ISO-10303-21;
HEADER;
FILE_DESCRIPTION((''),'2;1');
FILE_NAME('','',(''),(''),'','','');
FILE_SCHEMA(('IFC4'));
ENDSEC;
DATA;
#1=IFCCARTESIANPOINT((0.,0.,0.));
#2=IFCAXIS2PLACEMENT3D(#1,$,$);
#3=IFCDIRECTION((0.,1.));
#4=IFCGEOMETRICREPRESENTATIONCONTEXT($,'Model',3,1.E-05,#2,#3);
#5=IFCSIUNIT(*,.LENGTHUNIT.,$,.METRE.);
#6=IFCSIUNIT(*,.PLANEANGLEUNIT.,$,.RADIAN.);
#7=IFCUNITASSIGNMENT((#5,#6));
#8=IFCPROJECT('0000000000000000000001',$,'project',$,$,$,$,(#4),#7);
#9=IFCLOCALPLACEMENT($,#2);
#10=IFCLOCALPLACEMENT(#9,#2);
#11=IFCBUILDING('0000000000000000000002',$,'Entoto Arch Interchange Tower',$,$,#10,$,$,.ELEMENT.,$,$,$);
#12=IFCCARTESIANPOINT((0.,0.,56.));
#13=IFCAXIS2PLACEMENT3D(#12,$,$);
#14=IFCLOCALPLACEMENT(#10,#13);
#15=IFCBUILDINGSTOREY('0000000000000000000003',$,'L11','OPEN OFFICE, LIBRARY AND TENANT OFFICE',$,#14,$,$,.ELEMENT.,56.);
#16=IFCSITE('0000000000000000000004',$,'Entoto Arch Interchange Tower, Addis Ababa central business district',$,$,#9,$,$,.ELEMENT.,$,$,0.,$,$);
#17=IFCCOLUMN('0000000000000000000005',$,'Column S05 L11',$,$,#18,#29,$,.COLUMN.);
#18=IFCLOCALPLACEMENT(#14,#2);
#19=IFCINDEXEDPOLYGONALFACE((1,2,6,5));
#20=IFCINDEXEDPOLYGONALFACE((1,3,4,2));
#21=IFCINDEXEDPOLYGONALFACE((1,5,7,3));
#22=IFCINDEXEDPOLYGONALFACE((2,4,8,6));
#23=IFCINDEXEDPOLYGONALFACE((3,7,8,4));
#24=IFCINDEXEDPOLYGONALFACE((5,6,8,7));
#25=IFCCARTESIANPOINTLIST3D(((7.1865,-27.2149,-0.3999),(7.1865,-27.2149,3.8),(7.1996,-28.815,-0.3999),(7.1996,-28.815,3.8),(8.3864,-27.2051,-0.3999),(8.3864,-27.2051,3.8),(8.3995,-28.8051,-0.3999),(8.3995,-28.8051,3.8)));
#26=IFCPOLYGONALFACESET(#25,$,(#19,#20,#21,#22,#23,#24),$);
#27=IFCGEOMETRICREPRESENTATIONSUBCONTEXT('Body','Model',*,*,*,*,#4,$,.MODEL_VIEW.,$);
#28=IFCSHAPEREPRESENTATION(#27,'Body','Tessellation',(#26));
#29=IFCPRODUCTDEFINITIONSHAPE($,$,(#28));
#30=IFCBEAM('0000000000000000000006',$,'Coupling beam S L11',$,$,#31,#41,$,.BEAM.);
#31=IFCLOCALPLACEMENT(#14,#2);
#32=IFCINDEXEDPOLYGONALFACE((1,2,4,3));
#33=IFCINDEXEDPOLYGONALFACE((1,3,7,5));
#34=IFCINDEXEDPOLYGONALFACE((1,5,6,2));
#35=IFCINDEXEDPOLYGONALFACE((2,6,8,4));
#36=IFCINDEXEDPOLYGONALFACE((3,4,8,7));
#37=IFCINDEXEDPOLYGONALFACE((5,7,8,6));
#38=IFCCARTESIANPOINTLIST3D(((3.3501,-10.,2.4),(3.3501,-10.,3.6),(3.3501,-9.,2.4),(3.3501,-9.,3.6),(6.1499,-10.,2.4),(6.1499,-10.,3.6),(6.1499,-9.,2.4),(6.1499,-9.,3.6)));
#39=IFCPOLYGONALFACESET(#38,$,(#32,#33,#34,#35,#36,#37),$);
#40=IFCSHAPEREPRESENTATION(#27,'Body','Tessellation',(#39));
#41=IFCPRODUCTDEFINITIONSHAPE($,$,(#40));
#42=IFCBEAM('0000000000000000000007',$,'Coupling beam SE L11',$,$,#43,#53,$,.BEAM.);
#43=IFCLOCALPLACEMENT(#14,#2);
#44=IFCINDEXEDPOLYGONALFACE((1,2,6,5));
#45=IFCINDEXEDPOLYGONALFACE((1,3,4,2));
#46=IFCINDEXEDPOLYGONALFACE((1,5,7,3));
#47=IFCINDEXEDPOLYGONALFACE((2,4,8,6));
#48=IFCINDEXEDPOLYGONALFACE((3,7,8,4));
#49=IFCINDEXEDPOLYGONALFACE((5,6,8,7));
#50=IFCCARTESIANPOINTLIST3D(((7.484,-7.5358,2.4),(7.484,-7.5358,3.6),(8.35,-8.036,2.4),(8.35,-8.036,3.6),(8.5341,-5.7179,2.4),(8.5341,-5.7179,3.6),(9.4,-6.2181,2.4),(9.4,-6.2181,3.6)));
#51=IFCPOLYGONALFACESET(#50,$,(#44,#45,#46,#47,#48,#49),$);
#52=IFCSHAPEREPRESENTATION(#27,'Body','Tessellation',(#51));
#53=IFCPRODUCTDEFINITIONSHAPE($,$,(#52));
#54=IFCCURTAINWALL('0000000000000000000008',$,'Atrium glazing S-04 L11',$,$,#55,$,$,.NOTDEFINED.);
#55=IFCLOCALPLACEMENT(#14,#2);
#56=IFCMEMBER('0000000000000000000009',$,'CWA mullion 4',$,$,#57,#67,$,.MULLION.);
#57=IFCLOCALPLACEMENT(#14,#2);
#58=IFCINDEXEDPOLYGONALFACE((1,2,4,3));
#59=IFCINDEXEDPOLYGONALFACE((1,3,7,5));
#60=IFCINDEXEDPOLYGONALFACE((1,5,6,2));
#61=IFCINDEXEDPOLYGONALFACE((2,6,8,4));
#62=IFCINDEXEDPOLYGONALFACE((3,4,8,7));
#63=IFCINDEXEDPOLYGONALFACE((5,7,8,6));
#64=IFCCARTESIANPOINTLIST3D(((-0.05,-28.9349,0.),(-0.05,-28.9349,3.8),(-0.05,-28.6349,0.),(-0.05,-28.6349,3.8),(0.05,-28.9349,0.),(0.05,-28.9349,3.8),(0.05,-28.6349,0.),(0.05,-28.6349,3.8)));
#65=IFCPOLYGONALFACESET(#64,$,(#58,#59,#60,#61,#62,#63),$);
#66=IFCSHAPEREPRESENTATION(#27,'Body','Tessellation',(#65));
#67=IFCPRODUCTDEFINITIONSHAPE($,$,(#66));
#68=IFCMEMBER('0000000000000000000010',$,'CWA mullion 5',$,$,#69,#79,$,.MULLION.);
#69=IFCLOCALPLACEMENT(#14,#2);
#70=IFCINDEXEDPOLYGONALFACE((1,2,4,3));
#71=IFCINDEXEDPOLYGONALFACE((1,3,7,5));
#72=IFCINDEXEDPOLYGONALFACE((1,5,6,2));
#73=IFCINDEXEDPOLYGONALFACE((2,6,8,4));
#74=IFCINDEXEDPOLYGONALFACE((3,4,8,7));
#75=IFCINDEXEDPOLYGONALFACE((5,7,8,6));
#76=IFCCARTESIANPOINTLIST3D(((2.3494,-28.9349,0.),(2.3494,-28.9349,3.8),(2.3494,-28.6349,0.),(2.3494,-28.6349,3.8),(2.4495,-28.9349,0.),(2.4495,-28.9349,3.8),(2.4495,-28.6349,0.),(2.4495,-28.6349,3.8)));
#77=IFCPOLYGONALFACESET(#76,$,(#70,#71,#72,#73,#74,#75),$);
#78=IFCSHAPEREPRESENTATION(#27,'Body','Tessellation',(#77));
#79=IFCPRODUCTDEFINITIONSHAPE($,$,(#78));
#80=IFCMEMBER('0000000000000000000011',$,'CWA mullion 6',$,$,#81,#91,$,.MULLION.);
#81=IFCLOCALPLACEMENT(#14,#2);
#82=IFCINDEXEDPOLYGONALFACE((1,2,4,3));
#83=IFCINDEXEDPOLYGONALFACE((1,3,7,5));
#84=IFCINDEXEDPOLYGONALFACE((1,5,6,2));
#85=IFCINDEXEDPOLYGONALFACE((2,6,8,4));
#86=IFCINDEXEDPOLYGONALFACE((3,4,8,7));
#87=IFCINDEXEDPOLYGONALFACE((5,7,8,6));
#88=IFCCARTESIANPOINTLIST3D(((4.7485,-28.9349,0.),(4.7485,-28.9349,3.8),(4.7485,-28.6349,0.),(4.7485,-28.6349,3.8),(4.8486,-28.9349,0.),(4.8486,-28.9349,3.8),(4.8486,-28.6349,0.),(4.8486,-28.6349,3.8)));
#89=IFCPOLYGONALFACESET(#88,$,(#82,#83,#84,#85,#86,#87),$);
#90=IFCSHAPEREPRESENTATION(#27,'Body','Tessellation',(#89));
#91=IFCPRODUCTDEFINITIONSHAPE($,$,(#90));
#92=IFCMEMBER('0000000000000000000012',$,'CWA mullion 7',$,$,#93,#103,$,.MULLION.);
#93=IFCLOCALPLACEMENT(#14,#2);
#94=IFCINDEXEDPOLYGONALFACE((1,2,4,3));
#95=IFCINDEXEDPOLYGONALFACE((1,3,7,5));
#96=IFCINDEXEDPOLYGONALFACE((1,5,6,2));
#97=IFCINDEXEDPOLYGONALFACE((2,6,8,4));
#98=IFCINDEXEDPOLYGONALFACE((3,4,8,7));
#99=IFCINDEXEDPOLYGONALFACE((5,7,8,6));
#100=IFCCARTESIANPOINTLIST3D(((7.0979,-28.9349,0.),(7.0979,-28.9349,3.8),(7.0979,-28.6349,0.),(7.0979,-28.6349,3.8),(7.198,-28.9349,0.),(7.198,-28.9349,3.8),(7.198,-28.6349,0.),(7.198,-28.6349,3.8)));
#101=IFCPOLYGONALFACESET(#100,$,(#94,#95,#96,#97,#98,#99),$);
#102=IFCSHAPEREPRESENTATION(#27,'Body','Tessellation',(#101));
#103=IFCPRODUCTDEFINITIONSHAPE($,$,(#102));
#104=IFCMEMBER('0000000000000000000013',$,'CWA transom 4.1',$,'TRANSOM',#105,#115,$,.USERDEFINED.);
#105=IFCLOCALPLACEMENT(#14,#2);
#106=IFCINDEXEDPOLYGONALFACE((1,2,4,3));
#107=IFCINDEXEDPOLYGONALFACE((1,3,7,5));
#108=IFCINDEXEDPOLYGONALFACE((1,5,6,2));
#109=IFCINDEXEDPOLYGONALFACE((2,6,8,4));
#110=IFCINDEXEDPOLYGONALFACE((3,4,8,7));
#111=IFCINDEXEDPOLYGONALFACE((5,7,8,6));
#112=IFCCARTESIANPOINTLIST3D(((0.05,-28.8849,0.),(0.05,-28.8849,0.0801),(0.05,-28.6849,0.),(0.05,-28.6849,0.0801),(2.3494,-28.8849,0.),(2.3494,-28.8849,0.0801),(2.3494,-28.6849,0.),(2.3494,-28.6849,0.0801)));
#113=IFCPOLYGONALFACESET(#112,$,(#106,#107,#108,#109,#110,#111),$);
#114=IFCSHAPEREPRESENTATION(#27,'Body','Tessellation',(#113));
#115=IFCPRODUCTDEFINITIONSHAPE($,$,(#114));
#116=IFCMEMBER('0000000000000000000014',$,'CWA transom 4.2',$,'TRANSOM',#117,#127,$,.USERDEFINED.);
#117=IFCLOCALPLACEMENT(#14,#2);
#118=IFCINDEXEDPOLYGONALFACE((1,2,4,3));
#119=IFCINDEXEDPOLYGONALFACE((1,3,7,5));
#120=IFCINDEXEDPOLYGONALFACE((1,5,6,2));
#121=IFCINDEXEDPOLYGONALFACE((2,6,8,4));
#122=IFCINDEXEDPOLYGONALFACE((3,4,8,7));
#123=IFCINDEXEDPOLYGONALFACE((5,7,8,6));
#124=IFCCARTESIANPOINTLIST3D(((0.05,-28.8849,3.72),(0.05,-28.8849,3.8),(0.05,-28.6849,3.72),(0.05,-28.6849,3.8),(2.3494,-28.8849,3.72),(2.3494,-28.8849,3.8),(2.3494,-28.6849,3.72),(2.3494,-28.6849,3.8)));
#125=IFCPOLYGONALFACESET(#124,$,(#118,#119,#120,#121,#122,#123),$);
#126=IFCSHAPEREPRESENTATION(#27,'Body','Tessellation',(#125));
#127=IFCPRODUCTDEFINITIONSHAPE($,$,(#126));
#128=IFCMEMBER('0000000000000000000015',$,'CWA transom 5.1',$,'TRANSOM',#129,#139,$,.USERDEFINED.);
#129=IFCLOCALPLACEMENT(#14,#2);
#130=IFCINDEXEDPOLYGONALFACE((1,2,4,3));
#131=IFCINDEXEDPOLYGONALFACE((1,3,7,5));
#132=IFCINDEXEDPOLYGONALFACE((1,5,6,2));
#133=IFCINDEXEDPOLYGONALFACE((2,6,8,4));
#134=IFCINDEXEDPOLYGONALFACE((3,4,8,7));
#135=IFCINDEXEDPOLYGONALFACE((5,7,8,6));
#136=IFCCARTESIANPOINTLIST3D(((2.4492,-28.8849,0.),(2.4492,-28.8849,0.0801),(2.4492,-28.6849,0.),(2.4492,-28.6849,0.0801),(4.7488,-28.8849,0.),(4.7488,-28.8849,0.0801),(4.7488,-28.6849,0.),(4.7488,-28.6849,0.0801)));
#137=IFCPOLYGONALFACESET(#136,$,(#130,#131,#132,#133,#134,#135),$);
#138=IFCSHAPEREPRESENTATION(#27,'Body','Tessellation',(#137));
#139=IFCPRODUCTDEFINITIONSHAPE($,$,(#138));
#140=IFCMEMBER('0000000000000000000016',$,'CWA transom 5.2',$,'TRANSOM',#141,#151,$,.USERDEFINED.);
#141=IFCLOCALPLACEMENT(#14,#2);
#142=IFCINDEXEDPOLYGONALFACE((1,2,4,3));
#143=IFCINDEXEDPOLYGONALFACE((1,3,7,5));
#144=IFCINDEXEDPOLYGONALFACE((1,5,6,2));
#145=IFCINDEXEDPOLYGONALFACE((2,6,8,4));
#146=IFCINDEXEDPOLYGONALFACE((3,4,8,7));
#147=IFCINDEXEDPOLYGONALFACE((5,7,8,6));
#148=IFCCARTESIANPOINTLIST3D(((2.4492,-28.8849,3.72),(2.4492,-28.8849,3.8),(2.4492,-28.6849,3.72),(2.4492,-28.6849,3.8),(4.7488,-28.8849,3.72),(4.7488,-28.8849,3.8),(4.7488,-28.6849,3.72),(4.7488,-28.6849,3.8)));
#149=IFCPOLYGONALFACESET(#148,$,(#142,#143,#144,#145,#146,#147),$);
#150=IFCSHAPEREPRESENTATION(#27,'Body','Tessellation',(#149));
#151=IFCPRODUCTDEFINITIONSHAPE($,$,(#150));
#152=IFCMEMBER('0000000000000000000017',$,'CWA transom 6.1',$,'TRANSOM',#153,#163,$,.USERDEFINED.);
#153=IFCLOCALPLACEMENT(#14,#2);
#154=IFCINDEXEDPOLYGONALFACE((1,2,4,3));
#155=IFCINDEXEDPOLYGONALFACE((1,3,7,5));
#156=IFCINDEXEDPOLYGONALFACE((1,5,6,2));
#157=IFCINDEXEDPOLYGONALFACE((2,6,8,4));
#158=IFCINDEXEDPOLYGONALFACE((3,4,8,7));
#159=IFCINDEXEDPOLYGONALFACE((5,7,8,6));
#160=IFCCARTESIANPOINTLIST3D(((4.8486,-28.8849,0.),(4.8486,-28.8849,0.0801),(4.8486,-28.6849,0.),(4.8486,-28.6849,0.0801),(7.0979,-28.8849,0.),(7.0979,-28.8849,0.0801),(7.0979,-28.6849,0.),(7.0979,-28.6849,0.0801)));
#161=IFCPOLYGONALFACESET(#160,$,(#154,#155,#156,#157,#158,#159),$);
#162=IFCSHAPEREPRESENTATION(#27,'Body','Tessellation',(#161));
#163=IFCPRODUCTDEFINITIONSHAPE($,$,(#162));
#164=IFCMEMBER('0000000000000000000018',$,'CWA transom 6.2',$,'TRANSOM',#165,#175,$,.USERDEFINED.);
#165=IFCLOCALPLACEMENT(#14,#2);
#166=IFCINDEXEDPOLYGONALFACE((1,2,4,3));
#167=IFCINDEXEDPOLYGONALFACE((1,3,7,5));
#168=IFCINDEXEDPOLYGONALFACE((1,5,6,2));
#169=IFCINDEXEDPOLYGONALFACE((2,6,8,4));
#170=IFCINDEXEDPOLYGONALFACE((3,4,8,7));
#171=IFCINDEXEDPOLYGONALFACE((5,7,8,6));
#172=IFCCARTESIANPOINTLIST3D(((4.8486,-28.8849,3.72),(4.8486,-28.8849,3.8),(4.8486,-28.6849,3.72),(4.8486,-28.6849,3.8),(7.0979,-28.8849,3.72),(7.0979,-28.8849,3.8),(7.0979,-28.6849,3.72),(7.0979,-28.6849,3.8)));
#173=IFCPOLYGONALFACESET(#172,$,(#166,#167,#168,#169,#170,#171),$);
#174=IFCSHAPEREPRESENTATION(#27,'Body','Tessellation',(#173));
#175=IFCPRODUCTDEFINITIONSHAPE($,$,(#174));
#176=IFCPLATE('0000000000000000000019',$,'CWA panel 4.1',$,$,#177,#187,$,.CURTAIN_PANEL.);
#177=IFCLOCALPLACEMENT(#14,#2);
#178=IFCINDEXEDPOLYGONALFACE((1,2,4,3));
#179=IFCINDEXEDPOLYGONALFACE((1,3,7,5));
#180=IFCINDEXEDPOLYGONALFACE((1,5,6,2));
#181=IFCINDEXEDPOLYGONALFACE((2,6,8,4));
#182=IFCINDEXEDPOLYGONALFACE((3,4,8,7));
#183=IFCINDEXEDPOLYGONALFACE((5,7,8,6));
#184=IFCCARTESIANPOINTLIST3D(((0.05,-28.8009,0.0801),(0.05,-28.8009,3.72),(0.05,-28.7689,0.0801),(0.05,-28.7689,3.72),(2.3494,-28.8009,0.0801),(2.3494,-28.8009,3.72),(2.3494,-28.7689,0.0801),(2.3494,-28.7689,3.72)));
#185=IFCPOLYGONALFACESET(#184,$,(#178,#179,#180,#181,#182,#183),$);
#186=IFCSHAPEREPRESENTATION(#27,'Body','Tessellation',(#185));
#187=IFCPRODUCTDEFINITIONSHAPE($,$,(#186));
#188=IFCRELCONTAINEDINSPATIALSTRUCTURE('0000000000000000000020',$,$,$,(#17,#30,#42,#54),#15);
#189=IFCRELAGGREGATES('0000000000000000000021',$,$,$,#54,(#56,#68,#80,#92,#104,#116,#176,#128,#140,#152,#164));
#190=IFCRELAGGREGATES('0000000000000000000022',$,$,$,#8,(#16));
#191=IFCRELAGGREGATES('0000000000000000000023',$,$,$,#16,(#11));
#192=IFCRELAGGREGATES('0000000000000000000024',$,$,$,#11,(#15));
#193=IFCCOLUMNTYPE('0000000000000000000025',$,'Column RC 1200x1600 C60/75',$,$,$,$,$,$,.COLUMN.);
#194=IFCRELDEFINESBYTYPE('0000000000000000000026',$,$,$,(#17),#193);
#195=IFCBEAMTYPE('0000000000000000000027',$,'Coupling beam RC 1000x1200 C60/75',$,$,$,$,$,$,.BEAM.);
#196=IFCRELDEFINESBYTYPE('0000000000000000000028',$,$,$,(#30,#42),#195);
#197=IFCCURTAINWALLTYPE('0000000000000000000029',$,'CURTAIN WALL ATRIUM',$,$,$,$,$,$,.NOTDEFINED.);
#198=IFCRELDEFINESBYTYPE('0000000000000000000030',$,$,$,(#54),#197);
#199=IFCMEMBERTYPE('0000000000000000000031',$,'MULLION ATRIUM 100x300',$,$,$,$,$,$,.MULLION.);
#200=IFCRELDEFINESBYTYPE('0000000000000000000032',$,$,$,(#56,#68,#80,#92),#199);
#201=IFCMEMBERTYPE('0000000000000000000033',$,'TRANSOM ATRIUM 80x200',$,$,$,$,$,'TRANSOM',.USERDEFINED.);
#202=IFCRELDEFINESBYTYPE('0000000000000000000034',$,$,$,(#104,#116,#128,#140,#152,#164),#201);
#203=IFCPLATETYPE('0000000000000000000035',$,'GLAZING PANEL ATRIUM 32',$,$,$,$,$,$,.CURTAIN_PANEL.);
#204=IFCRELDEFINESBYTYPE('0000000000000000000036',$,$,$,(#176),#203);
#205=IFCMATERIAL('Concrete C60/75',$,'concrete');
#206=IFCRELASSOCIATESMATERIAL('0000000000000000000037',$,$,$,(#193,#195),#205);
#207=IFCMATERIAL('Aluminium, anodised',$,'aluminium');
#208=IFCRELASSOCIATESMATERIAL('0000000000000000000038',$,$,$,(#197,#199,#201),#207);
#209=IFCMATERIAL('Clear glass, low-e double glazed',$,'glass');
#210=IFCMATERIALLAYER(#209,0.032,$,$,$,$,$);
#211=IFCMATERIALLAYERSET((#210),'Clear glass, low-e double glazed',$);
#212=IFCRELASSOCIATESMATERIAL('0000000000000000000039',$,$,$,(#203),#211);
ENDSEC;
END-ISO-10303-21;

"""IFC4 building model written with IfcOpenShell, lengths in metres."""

from ifc_helpers import new_model, si_unit, direction, frame, origin, origin_2d, place, context, subcontext, project, spatial, rectangle, extrude, material, layer, layer_set, material_profile, profile_set, type_object, element, aggregate, save


model = new_model("IFC4")

# Units and contexts
model_context = context("Model", 3, precision=1e-05, world=origin(), true_north=direction((0.0, 1.0)))
body_context = subcontext(model_context, "Body", "Model", "MODEL_VIEW")
ifc_project = project(units=[si_unit("LENGTHUNIT", "METRE"), si_unit("PLANEANGLEUNIT", "RADIAN")], contexts=[model_context])

# Site, building, storey
site_placement = place(None, origin())
site = spatial("IfcSite", under=ifc_project, at=site_placement, Name="Entoto Arch Interchange Tower, Addis Ababa central business district", CompositionType="ELEMENT", RefElevation=0.0)
building_placement = place(site_placement, origin())
building = spatial("IfcBuilding", under=site, at=building_placement, Name="Entoto Arch Interchange Tower", CompositionType="ELEMENT")
storey_placement = place(building_placement, frame((0.0, 0.0, 56.0)))
storey = spatial("IfcBuildingStorey", under=building, at=storey_placement, Name="L11", Description="OPEN OFFICE, LIBRARY AND TENANT OFFICE", CompositionType="ELEMENT", Elevation=56.0)

# Column
ifc_material_1 = material(Name="Concrete C60/75", Category="concrete")
ifc_material_profile_1 = material_profile(ifc_material_1, rectangle(XDim=1.2, YDim=1.6001, at=origin_2d()))
ifc_profile_set_1 = profile_set([ifc_material_profile_1], Name="Concrete C60/75")
column_type = type_object("IfcColumnType", Name="Column RC 1200x1600 C60/75", PredefinedType="COLUMN", material=ifc_profile_set_1)
column_placement = place(storey_placement, frame((7.793, -28.01, -0.3999), z_axis=(0.0, 0.0, 1.0), x_axis=(0.999966, 0.008203, 0.0)))
element("IfcColumn", 1, at=column_placement, inside=storey, type_object=column_type, Name="Column S05 L11", PredefinedType="COLUMN", context=body_context, shape_type="SweptSolid", body=[
    extrude(rectangle(XDim=1.2, YDim=1.6001, at=origin_2d()), origin(), (0.0, 0.0, 1.0), 4.2),
])

# Beams
ifc_material_profile_2 = material_profile(ifc_material_1, rectangle(XDim=1.0, YDim=1.2, at=origin_2d()))
ifc_profile_set_2 = profile_set([ifc_material_profile_2], Name="Concrete C60/75")
beam_type = type_object("IfcBeamType", Name="Coupling beam RC 1000x1200 C60/75", PredefinedType="BEAM", material=ifc_profile_set_2)
beam_1_placement = place(storey_placement, frame((3.3501, -9.5, 3.0), z_axis=(1.0, 0.0, 0.0), x_axis=(0.0, 1.0, 0.0)))
element("IfcBeam", 2, at=beam_1_placement, inside=storey, type_object=beam_type, Name="Coupling beam S L11", PredefinedType="BEAM", context=body_context, shape_type="SweptSolid", body=[
    extrude(rectangle(XDim=1.0, YDim=1.2, at=origin_2d()), origin(), (0.0, 0.0, 1.0), 2.7998),
])
beam_2_placement = place(storey_placement, frame((7.917, -7.7859, 3.0), z_axis=(0.500179, 0.865922, 0.0), x_axis=(-0.865922, 0.500179, 0.0)))
element("IfcBeam", 3, at=beam_2_placement, inside=storey, type_object=beam_type, Name="Coupling beam SE L11", PredefinedType="BEAM", context=body_context, shape_type="SweptSolid", body=[
    extrude(rectangle(XDim=1.0, YDim=1.2, at=origin_2d()), origin(), (0.0, 0.0, 1.0), 2.0994),
])

# Curtain wall, members, plate
ifc_material_2 = material(Name="Aluminium, anodised", Category="aluminium")
curtain_wall_type = type_object("IfcCurtainWallType", Name="CURTAIN WALL ATRIUM", PredefinedType="NOTDEFINED", material=ifc_material_2)
curtain_wall_placement = place(storey_placement, origin())
curtain_wall = element("IfcCurtainWall", 4, at=curtain_wall_placement, inside=storey, type_object=curtain_wall_type, Name="Atrium glazing S-04 L11", PredefinedType="NOTDEFINED")
ifc_material_profile_3 = material_profile(ifc_material_2, rectangle(XDim=0.3, YDim=0.1001, at=origin_2d()))
ifc_profile_set_3 = profile_set([ifc_material_profile_3], Name="Aluminium, anodised")
member_type_1 = type_object("IfcMemberType", Name="MULLION ATRIUM 100x300", PredefinedType="MULLION", material=ifc_profile_set_3)
member_1_placement = place(storey_placement, frame((0.0, -28.7849, 0.0), z_axis=(0.0, 0.0, 1.0), x_axis=(0.0, 1.0, 0.0)))
member_1 = element("IfcMember", 5, at=member_1_placement, type_object=member_type_1, Name="CWA mullion 4", PredefinedType="MULLION", context=body_context, shape_type="SweptSolid", body=[
    extrude(rectangle(XDim=0.3, YDim=0.1001, at=origin_2d()), origin(), (0.0, 0.0, 1.0), 3.8),
])
member_2_placement = place(storey_placement, frame((2.3994, -28.7849, 0.0), z_axis=(0.0, 0.0, 1.0), x_axis=(0.0, 1.0, 0.0)))
member_2 = element("IfcMember", 6, at=member_2_placement, type_object=member_type_1, Name="CWA mullion 5", PredefinedType="MULLION", context=body_context, shape_type="SweptSolid", body=[
    extrude(rectangle(XDim=0.3, YDim=0.1001, at=origin_2d()), origin(), (0.0, 0.0, 1.0), 3.8),
])
member_3_placement = place(storey_placement, frame((4.7986, -28.7849, 0.0), z_axis=(0.0, 0.0, 1.0), x_axis=(0.0, 1.0, 0.0)))
member_3 = element("IfcMember", 7, at=member_3_placement, type_object=member_type_1, Name="CWA mullion 6", PredefinedType="MULLION", context=body_context, shape_type="SweptSolid", body=[
    extrude(rectangle(XDim=0.3, YDim=0.1001, at=origin_2d()), origin(), (0.0, 0.0, 1.0), 3.8),
])
member_4_placement = place(storey_placement, frame((7.1479, -28.7849, 0.0), z_axis=(0.0, 0.0, 1.0), x_axis=(0.0, 1.0, 0.0)))
member_4 = element("IfcMember", 8, at=member_4_placement, type_object=member_type_1, Name="CWA mullion 7", PredefinedType="MULLION", context=body_context, shape_type="SweptSolid", body=[
    extrude(rectangle(XDim=0.3, YDim=0.1001, at=origin_2d()), origin(), (0.0, 0.0, 1.0), 3.8),
])
ifc_material_profile_4 = material_profile(ifc_material_2, rectangle(XDim=0.2, YDim=0.0801, at=origin_2d()))
ifc_profile_set_4 = profile_set([ifc_material_profile_4], Name="Aluminium, anodised")
member_type_2 = type_object("IfcMemberType", Name="TRANSOM ATRIUM 80x200", ElementType="TRANSOM", PredefinedType="USERDEFINED", material=ifc_profile_set_4)
member_5_placement = place(storey_placement, frame((0.05, -28.7849, 0.04), z_axis=(1.0, 0.0, 0.0), x_axis=(0.0, 1.0, 0.0)))
member_5 = element("IfcMember", 9, at=member_5_placement, type_object=member_type_2, Name="CWA transom 4.1", ObjectType="TRANSOM", PredefinedType="USERDEFINED", context=body_context, shape_type="SweptSolid", body=[
    extrude(rectangle(XDim=0.2, YDim=0.0801, at=origin_2d()), origin(), (0.0, 0.0, 1.0), 2.2993),
])
member_6_placement = place(storey_placement, frame((0.05, -28.7849, 3.76), z_axis=(1.0, 0.0, 0.0), x_axis=(0.0, 1.0, 0.0)))
member_6 = element("IfcMember", 10, at=member_6_placement, type_object=member_type_2, Name="CWA transom 4.2", ObjectType="TRANSOM", PredefinedType="USERDEFINED", context=body_context, shape_type="SweptSolid", body=[
    extrude(rectangle(XDim=0.2, YDim=0.0801, at=origin_2d()), origin(), (0.0, 0.0, 1.0), 2.2993),
])
member_7_placement = place(storey_placement, frame((2.4492, -28.7849, 0.04), z_axis=(1.0, 0.0, 0.0), x_axis=(0.0, 1.0, 0.0)))
member_7 = element("IfcMember", 11, at=member_7_placement, type_object=member_type_2, Name="CWA transom 5.1", ObjectType="TRANSOM", PredefinedType="USERDEFINED", context=body_context, shape_type="SweptSolid", body=[
    extrude(rectangle(XDim=0.2, YDim=0.0801, at=origin_2d()), origin(), (0.0, 0.0, 1.0), 2.2996),
])
member_8_placement = place(storey_placement, frame((2.4492, -28.7849, 3.76), z_axis=(1.0, 0.0, 0.0), x_axis=(0.0, 1.0, 0.0)))
member_8 = element("IfcMember", 12, at=member_8_placement, type_object=member_type_2, Name="CWA transom 5.2", ObjectType="TRANSOM", PredefinedType="USERDEFINED", context=body_context, shape_type="SweptSolid", body=[
    extrude(rectangle(XDim=0.2, YDim=0.0801, at=origin_2d()), origin(), (0.0, 0.0, 1.0), 2.2996),
])
member_9_placement = place(storey_placement, frame((4.8486, -28.7849, 0.04), z_axis=(1.0, 0.0, 0.0), x_axis=(0.0, 1.0, 0.0)))
member_9 = element("IfcMember", 13, at=member_9_placement, type_object=member_type_2, Name="CWA transom 6.1", ObjectType="TRANSOM", PredefinedType="USERDEFINED", context=body_context, shape_type="SweptSolid", body=[
    extrude(rectangle(XDim=0.2, YDim=0.0801, at=origin_2d()), origin(), (0.0, 0.0, 1.0), 2.2493),
])
member_10_placement = place(storey_placement, frame((4.8486, -28.7849, 3.76), z_axis=(1.0, 0.0, 0.0), x_axis=(0.0, 1.0, 0.0)))
member_10 = element("IfcMember", 14, at=member_10_placement, type_object=member_type_2, Name="CWA transom 6.2", ObjectType="TRANSOM", PredefinedType="USERDEFINED", context=body_context, shape_type="SweptSolid", body=[
    extrude(rectangle(XDim=0.2, YDim=0.0801, at=origin_2d()), origin(), (0.0, 0.0, 1.0), 2.2493),
])
ifc_material_3 = material(Name="Clear glass, low-e double glazed", Category="glass")
ifc_layer_1 = layer(ifc_material_3, 0.032)
ifc_layer_set_1 = layer_set([ifc_layer_1], Name="Clear glass, low-e double glazed")
plate_type = type_object("IfcPlateType", Name="GLAZING PANEL ATRIUM 32", PredefinedType="CURTAIN_PANEL", material=ifc_layer_set_1)
plate_1_placement = place(storey_placement, frame((1.1997, -28.7849, 0.0801), z_axis=(0.0, 0.0, 1.0), x_axis=(1.0, 0.0, 0.0)))
plate_1 = element("IfcPlate", 15, at=plate_1_placement, type_object=plate_type, Name="CWA panel 4.1", PredefinedType="CURTAIN_PANEL", context=body_context, shape_type="SweptSolid", body=[
    extrude(rectangle(XDim=2.2993, YDim=0.032, at=origin_2d()), origin(), (0.0, 0.0, 1.0), 3.6399),
])
aggregate(curtain_wall, [member_1, member_2, member_3, member_4, member_5, member_6, plate_1, member_7, member_8, member_9, member_10])

save(model, "model.ifc")
